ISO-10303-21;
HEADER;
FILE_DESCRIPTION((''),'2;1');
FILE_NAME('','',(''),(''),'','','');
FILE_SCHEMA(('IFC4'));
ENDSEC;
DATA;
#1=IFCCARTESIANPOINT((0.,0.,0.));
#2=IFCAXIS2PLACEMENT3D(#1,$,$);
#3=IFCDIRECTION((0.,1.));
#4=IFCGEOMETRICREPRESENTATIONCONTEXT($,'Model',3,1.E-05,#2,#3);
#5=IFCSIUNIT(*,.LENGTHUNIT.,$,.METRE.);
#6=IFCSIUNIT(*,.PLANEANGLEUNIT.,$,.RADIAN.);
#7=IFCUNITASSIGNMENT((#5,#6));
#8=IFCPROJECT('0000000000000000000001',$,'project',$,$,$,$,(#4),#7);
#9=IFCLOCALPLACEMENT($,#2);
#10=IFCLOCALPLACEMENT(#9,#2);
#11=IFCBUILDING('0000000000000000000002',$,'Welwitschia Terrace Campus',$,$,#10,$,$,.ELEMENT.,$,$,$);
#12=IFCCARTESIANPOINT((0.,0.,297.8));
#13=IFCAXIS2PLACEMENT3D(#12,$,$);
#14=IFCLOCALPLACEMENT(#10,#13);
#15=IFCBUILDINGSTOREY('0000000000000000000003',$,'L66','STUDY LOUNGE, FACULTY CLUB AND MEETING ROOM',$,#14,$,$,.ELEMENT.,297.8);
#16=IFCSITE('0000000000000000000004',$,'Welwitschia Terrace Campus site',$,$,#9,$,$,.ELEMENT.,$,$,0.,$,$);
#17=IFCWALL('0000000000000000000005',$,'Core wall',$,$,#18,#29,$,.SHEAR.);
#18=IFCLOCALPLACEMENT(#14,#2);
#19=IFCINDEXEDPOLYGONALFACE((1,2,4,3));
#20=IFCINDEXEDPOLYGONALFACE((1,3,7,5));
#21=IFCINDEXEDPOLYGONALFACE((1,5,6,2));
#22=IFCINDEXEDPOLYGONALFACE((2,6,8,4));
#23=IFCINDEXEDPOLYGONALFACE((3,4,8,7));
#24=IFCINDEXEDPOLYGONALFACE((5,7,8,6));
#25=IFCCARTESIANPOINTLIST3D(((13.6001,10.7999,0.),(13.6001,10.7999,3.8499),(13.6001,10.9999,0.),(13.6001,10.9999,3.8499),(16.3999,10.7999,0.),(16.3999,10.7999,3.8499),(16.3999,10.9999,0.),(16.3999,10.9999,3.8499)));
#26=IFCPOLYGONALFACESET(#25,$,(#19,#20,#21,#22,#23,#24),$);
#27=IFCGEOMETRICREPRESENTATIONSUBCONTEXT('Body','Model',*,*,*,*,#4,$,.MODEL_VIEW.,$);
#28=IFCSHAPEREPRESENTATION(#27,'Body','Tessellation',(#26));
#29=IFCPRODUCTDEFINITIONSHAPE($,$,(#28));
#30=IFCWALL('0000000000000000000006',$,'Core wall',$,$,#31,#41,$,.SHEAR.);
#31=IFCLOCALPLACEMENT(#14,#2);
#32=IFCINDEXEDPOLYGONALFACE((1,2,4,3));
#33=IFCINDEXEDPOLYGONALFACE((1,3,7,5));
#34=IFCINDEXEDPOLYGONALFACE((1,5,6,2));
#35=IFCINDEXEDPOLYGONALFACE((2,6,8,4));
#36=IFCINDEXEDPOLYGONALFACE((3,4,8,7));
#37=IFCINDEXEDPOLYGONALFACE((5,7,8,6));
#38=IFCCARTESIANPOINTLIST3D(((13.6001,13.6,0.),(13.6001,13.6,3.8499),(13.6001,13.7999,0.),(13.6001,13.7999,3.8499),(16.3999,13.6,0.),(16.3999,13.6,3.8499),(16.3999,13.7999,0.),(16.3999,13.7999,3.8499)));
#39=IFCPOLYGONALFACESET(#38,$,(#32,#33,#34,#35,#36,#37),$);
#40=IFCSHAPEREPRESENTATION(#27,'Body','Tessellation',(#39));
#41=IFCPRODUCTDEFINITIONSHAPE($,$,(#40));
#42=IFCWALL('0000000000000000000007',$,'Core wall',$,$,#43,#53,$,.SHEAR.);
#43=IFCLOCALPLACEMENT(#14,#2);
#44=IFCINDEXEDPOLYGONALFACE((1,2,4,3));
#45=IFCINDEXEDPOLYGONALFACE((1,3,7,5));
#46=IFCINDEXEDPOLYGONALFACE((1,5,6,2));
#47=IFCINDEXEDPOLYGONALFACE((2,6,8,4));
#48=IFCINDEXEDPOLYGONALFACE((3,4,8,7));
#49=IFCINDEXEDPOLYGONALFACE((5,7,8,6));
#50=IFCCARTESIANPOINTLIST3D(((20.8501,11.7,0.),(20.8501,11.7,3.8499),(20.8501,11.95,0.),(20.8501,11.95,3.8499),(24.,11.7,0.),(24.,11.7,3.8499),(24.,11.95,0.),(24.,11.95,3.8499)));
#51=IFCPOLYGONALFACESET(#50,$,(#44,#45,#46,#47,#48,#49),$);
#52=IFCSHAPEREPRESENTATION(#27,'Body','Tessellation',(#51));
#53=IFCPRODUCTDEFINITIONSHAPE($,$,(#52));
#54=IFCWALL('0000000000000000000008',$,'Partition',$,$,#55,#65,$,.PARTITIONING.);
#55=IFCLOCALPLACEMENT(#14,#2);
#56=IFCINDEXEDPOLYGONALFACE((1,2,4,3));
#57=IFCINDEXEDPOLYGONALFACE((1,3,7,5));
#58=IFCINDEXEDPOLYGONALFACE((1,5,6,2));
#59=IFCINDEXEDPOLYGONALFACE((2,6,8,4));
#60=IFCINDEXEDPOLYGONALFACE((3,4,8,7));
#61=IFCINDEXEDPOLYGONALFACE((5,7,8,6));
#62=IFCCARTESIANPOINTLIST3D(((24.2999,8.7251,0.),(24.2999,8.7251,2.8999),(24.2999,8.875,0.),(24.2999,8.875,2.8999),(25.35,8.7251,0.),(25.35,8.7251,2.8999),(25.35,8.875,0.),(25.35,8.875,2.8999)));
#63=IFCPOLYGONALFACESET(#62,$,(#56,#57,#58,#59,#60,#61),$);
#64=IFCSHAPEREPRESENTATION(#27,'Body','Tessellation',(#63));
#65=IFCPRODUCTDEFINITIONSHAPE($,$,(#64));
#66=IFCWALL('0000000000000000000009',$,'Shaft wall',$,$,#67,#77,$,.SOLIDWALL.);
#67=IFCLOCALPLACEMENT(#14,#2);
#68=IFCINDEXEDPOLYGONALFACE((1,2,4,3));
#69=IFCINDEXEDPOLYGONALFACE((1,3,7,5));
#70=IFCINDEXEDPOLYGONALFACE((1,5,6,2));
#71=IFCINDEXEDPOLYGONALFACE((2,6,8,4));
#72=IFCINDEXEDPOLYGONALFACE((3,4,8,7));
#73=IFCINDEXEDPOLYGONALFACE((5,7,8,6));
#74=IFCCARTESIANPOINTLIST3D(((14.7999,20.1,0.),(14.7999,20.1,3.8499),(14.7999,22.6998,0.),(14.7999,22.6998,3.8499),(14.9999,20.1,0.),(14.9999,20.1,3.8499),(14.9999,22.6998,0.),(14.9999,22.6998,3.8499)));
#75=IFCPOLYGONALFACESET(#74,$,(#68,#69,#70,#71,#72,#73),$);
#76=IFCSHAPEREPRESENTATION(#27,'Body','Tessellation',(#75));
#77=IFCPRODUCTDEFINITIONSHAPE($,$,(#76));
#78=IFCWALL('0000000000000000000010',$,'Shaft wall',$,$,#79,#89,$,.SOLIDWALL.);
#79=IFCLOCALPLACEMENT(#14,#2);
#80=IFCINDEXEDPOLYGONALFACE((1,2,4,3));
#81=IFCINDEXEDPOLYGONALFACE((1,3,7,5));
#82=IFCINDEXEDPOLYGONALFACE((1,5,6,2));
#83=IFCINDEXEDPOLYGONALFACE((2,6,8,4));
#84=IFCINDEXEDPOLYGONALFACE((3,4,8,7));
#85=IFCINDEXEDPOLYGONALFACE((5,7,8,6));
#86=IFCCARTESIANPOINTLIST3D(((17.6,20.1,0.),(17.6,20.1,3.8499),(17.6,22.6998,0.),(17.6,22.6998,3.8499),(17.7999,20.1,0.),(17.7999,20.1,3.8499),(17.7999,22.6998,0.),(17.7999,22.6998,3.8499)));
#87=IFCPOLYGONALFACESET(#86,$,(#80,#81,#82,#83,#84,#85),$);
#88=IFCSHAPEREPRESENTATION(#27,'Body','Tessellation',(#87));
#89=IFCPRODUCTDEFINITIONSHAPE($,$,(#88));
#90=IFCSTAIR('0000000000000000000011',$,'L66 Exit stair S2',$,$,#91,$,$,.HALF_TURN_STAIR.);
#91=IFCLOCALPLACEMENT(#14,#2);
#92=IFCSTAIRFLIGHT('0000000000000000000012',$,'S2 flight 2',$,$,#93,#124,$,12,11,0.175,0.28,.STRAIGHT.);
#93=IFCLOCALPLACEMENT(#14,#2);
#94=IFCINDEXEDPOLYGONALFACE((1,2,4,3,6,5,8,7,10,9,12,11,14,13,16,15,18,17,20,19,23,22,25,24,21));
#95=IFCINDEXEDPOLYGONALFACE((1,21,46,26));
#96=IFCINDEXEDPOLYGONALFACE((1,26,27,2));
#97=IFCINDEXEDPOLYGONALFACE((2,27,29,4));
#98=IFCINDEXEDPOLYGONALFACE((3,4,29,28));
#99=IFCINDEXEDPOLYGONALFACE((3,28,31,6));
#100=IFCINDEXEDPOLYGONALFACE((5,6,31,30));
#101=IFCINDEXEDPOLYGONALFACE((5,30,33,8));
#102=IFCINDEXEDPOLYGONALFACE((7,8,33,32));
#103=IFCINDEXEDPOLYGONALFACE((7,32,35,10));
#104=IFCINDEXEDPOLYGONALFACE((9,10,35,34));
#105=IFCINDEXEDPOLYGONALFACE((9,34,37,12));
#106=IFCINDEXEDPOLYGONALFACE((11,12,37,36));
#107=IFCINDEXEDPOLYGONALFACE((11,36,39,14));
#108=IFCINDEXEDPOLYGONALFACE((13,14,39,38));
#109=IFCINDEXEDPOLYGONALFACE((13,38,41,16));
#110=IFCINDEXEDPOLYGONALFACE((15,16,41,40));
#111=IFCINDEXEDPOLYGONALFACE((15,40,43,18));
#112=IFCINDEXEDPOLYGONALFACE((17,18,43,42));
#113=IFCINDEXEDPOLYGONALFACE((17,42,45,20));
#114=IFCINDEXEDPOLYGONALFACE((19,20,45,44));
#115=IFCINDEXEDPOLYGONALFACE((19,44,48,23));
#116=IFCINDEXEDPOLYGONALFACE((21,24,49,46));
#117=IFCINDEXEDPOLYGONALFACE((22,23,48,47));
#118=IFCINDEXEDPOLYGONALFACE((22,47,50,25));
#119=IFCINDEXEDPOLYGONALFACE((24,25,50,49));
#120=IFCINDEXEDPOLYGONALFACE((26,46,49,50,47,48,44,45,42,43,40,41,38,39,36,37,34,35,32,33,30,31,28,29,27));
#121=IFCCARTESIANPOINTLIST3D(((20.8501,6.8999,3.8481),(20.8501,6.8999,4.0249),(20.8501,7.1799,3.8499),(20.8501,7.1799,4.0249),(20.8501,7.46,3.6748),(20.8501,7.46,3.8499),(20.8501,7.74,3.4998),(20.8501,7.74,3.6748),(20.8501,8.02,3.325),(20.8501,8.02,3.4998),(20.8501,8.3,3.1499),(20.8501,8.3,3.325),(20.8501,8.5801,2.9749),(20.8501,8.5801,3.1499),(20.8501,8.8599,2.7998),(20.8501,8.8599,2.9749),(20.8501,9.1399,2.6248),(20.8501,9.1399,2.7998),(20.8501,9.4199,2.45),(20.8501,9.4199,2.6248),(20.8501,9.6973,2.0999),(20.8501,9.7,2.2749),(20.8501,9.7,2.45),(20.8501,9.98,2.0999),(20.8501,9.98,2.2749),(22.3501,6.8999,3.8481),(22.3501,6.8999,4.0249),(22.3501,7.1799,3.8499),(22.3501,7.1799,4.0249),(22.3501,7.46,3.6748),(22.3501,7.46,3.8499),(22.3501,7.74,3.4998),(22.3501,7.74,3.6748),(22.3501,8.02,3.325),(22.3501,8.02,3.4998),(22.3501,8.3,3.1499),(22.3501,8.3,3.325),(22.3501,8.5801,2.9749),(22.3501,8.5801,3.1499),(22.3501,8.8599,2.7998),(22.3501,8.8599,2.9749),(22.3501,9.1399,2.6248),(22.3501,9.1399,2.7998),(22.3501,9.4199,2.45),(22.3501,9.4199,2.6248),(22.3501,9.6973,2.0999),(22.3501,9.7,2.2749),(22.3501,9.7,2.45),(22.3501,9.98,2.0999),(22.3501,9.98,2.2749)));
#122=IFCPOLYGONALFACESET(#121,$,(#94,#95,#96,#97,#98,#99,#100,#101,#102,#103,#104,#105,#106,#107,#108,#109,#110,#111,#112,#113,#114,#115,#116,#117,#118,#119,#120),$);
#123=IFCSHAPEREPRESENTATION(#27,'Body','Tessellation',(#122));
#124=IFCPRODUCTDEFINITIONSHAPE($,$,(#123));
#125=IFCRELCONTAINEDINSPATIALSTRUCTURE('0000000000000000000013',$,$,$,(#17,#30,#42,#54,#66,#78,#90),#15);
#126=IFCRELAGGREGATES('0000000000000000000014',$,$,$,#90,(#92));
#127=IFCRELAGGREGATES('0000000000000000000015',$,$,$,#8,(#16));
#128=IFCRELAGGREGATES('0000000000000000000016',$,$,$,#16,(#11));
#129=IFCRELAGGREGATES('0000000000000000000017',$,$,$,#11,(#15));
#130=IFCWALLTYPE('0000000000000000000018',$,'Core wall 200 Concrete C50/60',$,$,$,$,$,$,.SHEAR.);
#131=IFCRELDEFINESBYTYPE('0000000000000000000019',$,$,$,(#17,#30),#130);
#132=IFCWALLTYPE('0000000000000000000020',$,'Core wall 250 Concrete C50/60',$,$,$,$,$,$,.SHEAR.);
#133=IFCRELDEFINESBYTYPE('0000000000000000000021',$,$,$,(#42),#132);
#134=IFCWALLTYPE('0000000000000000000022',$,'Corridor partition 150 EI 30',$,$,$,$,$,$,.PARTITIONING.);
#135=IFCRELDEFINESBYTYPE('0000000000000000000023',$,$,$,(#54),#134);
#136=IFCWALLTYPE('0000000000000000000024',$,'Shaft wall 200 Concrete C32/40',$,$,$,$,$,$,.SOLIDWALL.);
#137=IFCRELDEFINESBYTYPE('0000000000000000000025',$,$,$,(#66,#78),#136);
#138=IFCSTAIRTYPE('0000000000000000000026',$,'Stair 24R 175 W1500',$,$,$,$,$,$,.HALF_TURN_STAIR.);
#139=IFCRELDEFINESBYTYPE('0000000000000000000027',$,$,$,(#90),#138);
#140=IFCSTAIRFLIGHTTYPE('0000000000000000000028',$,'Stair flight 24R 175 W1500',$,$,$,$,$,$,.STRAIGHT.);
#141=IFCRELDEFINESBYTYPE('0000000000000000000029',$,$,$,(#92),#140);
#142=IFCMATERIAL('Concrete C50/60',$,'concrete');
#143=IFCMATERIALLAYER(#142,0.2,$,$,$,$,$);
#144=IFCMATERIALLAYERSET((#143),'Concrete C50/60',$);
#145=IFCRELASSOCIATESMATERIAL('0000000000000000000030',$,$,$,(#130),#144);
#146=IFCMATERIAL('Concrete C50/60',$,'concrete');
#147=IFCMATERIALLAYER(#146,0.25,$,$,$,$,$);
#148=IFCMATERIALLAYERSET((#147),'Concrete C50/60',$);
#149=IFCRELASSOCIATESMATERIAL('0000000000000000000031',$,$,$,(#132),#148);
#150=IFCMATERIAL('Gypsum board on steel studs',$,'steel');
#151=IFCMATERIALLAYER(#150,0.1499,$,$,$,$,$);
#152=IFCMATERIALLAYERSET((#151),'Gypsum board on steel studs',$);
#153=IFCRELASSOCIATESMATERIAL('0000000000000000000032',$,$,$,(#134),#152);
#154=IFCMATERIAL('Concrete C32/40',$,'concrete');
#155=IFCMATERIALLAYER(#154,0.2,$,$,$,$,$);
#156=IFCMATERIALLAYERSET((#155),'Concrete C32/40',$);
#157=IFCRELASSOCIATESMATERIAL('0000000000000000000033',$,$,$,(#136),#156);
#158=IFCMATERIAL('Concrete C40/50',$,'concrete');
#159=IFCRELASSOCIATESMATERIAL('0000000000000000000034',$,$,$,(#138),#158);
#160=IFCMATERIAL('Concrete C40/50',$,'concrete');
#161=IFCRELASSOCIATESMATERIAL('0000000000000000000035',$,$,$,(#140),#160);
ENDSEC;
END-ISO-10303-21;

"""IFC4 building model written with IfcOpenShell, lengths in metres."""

from ifc_helpers import new_model, si_unit, direction, frame, frame_2d, origin, place, context, subcontext, project, spatial, polyline, rectangle, outline, extrude, material, layer, layer_set, type_object, element, aggregate, save


model = new_model("IFC4")

# Units and contexts
model_context = context("Model", 3, precision=1e-05, world=origin(), true_north=direction((0.0, 1.0)))
body_context = subcontext(model_context, "Body", "Model", "MODEL_VIEW")
ifc_project = project(units=[si_unit("LENGTHUNIT", "METRE"), si_unit("PLANEANGLEUNIT", "RADIAN")], contexts=[model_context])

# Site, building, storey
site_placement = place(None, origin())
site = spatial("IfcSite", under=ifc_project, at=site_placement, Name="Welwitschia Terrace Campus site", CompositionType="ELEMENT", RefElevation=0.0)
building_placement = place(site_placement, origin())
building = spatial("IfcBuilding", under=site, at=building_placement, Name="Welwitschia Terrace Campus", CompositionType="ELEMENT")
storey_placement = place(building_placement, frame((0.0, 0.0, 297.8)))
storey = spatial("IfcBuildingStorey", under=building, at=storey_placement, Name="L66", Description="STUDY LOUNGE, FACULTY CLUB AND MEETING ROOM", CompositionType="ELEMENT", Elevation=297.8)

# Walls
ifc_material_1 = material(Name="Concrete C50/60", Category="concrete")
ifc_layer_1 = layer(ifc_material_1, 0.2)
ifc_layer_set_1 = layer_set([ifc_layer_1], Name="Concrete C50/60")
wall_type_1 = type_object("IfcWallType", Name="Core wall 200 Concrete C50/60", PredefinedType="SHEAR", material=ifc_layer_set_1)
for number, where, z_axis, x_axis, name in (
    (1, (13.6001, 10.8999, 0.0), (0.0, 0.0, 1.0), (1.0, 0.0, 0.0), "Core wall"),
    (2, (13.6001, 13.7, 0.0), (0.0, 0.0, 1.0), (1.0, 0.0, 0.0), "Core wall"),
):
    element("IfcWall", number, at=place(storey_placement, frame(where, z_axis=z_axis, x_axis=x_axis)), inside=storey, type_object=wall_type_1, Name=name, PredefinedType="SHEAR", context=body_context, shape_type="SweptSolid", body=[
        extrude(rectangle(XDim=2.7998, YDim=0.2, at=frame_2d((1.3999, 0.0))), origin(), (0.0, 0.0, 1.0), 3.8499),
    ])
ifc_material_2 = material(Name="Concrete C50/60", Category="concrete")
ifc_layer_2 = layer(ifc_material_2, 0.25)
ifc_layer_set_2 = layer_set([ifc_layer_2], Name="Concrete C50/60")
wall_type_2 = type_object("IfcWallType", Name="Core wall 250 Concrete C50/60", PredefinedType="SHEAR", material=ifc_layer_set_2)
wall_1_placement = place(storey_placement, frame((20.8501, 11.825, 0.0), z_axis=(0.0, 0.0, 1.0), x_axis=(1.0, 0.0, 0.0)))
element("IfcWall", 3, at=wall_1_placement, inside=storey, type_object=wall_type_2, Name="Core wall", PredefinedType="SHEAR", context=body_context, shape_type="SweptSolid", body=[
    extrude(rectangle(XDim=3.1499, YDim=0.25, at=frame_2d((1.575, 0.0))), origin(), (0.0, 0.0, 1.0), 3.8499),
])
ifc_material_3 = material(Name="Gypsum board on steel studs", Category="steel")
ifc_layer_3 = layer(ifc_material_3, 0.1499)
ifc_layer_set_3 = layer_set([ifc_layer_3], Name="Gypsum board on steel studs")
wall_type_3 = type_object("IfcWallType", Name="Corridor partition 150 EI 30", PredefinedType="PARTITIONING", material=ifc_layer_set_3)
wall_2_placement = place(storey_placement, frame((24.3, 8.8, 0.0), z_axis=(0.0, 0.0, 1.0), x_axis=(1.0, 0.0, 0.0)))
element("IfcWall", 4, at=wall_2_placement, inside=storey, type_object=wall_type_3, Name="Partition", PredefinedType="PARTITIONING", context=body_context, shape_type="SweptSolid", body=[
    extrude(rectangle(XDim=1.05, YDim=0.1499, at=frame_2d((0.5249, 0.0))), origin(), (0.0, 0.0, 1.0), 2.8999),
])
ifc_material_4 = material(Name="Concrete C32/40", Category="concrete")
ifc_layer_4 = layer(ifc_material_4, 0.2)
ifc_layer_set_4 = layer_set([ifc_layer_4], Name="Concrete C32/40")
wall_type_4 = type_object("IfcWallType", Name="Shaft wall 200 Concrete C32/40", PredefinedType="SOLIDWALL", material=ifc_layer_set_4)
for number, where, z_axis, x_axis, name in (
    (5, (14.8999, 20.1001, 0.0), (0.0, 0.0, 1.0), (0.0, 1.0, 0.0), "Shaft wall"),
    (6, (17.7, 20.1001, 0.0), (0.0, 0.0, 1.0), (0.0, 1.0, 0.0), "Shaft wall"),
):
    element("IfcWall", number, at=place(storey_placement, frame(where, z_axis=z_axis, x_axis=x_axis)), inside=storey, type_object=wall_type_4, Name=name, PredefinedType="SOLIDWALL", context=body_context, shape_type="SweptSolid", body=[
        extrude(rectangle(XDim=2.5999, YDim=0.2, at=frame_2d((1.2998, 0.0))), origin(), (0.0, 0.0, 1.0), 3.8499),
    ])

# Stair, stair flight
ifc_material_5 = material(Name="Concrete C40/50", Category="concrete")
stair_type = type_object("IfcStairType", Name="Stair 24R 175 W1500", PredefinedType="HALF_TURN_STAIR", material=ifc_material_5)
stair_placement = place(storey_placement, origin())
stair = element("IfcStair", 7, at=stair_placement, inside=storey, type_object=stair_type, Name="L66 Exit stair S2", PredefinedType="HALF_TURN_STAIR")
ifc_material_6 = material(Name="Concrete C40/50", Category="concrete")
stair_flight_type = type_object("IfcStairFlightType", Name="Stair flight 24R 175 W1500", PredefinedType="STRAIGHT", material=ifc_material_6)
stair_flight_placement = place(storey_placement, frame((21.6001, 9.98, 2.0999), z_axis=(0.0, 0.0, 1.0), x_axis=(0.0, -1.0, 0.0)))
stair_flight = element("IfcStairFlight", 8, at=stair_flight_placement, type_object=stair_flight_type, Name="S2 flight 2", NumberOfRisers=12, NumberOfTreads=11, PredefinedType="STRAIGHT", RiserHeight=0.175, TreadLength=0.28, context=body_context, shape_type="SweptSolid", body=[
    extrude(outline(polyline([(0.0, 0.0), (0.0, 0.175), (0.28, 0.175), (0.28, 0.3501), (0.5601, 0.3501), (0.5601, 0.5249), (0.8401, 0.5249), (0.8401, 0.7), (1.1201, 0.7), (1.1201, 0.875), (1.3999, 0.875), (1.3999, 1.05), (1.6799, 1.05), (1.6799, 1.2251), (1.96, 1.2251), (1.96, 1.3999), (2.24, 1.3999), (2.24, 1.575), (2.52, 1.575), (2.52, 1.75), (2.8, 1.75), (2.8, 1.925), (3.0801, 1.925), (3.0801, 2.1001), (3.0801, 1.7483), (0.2827, 0.0), (0.0, 0.0)])), frame((0.0, 0.75, 0.0), z_axis=(0.0, -1.0, 0.0), x_axis=(1.0, 0.0, 0.0)), (0.0, 0.0, 1.0), 1.5),
])
aggregate(stair, [stair_flight])

save(model, "model.ifc")
